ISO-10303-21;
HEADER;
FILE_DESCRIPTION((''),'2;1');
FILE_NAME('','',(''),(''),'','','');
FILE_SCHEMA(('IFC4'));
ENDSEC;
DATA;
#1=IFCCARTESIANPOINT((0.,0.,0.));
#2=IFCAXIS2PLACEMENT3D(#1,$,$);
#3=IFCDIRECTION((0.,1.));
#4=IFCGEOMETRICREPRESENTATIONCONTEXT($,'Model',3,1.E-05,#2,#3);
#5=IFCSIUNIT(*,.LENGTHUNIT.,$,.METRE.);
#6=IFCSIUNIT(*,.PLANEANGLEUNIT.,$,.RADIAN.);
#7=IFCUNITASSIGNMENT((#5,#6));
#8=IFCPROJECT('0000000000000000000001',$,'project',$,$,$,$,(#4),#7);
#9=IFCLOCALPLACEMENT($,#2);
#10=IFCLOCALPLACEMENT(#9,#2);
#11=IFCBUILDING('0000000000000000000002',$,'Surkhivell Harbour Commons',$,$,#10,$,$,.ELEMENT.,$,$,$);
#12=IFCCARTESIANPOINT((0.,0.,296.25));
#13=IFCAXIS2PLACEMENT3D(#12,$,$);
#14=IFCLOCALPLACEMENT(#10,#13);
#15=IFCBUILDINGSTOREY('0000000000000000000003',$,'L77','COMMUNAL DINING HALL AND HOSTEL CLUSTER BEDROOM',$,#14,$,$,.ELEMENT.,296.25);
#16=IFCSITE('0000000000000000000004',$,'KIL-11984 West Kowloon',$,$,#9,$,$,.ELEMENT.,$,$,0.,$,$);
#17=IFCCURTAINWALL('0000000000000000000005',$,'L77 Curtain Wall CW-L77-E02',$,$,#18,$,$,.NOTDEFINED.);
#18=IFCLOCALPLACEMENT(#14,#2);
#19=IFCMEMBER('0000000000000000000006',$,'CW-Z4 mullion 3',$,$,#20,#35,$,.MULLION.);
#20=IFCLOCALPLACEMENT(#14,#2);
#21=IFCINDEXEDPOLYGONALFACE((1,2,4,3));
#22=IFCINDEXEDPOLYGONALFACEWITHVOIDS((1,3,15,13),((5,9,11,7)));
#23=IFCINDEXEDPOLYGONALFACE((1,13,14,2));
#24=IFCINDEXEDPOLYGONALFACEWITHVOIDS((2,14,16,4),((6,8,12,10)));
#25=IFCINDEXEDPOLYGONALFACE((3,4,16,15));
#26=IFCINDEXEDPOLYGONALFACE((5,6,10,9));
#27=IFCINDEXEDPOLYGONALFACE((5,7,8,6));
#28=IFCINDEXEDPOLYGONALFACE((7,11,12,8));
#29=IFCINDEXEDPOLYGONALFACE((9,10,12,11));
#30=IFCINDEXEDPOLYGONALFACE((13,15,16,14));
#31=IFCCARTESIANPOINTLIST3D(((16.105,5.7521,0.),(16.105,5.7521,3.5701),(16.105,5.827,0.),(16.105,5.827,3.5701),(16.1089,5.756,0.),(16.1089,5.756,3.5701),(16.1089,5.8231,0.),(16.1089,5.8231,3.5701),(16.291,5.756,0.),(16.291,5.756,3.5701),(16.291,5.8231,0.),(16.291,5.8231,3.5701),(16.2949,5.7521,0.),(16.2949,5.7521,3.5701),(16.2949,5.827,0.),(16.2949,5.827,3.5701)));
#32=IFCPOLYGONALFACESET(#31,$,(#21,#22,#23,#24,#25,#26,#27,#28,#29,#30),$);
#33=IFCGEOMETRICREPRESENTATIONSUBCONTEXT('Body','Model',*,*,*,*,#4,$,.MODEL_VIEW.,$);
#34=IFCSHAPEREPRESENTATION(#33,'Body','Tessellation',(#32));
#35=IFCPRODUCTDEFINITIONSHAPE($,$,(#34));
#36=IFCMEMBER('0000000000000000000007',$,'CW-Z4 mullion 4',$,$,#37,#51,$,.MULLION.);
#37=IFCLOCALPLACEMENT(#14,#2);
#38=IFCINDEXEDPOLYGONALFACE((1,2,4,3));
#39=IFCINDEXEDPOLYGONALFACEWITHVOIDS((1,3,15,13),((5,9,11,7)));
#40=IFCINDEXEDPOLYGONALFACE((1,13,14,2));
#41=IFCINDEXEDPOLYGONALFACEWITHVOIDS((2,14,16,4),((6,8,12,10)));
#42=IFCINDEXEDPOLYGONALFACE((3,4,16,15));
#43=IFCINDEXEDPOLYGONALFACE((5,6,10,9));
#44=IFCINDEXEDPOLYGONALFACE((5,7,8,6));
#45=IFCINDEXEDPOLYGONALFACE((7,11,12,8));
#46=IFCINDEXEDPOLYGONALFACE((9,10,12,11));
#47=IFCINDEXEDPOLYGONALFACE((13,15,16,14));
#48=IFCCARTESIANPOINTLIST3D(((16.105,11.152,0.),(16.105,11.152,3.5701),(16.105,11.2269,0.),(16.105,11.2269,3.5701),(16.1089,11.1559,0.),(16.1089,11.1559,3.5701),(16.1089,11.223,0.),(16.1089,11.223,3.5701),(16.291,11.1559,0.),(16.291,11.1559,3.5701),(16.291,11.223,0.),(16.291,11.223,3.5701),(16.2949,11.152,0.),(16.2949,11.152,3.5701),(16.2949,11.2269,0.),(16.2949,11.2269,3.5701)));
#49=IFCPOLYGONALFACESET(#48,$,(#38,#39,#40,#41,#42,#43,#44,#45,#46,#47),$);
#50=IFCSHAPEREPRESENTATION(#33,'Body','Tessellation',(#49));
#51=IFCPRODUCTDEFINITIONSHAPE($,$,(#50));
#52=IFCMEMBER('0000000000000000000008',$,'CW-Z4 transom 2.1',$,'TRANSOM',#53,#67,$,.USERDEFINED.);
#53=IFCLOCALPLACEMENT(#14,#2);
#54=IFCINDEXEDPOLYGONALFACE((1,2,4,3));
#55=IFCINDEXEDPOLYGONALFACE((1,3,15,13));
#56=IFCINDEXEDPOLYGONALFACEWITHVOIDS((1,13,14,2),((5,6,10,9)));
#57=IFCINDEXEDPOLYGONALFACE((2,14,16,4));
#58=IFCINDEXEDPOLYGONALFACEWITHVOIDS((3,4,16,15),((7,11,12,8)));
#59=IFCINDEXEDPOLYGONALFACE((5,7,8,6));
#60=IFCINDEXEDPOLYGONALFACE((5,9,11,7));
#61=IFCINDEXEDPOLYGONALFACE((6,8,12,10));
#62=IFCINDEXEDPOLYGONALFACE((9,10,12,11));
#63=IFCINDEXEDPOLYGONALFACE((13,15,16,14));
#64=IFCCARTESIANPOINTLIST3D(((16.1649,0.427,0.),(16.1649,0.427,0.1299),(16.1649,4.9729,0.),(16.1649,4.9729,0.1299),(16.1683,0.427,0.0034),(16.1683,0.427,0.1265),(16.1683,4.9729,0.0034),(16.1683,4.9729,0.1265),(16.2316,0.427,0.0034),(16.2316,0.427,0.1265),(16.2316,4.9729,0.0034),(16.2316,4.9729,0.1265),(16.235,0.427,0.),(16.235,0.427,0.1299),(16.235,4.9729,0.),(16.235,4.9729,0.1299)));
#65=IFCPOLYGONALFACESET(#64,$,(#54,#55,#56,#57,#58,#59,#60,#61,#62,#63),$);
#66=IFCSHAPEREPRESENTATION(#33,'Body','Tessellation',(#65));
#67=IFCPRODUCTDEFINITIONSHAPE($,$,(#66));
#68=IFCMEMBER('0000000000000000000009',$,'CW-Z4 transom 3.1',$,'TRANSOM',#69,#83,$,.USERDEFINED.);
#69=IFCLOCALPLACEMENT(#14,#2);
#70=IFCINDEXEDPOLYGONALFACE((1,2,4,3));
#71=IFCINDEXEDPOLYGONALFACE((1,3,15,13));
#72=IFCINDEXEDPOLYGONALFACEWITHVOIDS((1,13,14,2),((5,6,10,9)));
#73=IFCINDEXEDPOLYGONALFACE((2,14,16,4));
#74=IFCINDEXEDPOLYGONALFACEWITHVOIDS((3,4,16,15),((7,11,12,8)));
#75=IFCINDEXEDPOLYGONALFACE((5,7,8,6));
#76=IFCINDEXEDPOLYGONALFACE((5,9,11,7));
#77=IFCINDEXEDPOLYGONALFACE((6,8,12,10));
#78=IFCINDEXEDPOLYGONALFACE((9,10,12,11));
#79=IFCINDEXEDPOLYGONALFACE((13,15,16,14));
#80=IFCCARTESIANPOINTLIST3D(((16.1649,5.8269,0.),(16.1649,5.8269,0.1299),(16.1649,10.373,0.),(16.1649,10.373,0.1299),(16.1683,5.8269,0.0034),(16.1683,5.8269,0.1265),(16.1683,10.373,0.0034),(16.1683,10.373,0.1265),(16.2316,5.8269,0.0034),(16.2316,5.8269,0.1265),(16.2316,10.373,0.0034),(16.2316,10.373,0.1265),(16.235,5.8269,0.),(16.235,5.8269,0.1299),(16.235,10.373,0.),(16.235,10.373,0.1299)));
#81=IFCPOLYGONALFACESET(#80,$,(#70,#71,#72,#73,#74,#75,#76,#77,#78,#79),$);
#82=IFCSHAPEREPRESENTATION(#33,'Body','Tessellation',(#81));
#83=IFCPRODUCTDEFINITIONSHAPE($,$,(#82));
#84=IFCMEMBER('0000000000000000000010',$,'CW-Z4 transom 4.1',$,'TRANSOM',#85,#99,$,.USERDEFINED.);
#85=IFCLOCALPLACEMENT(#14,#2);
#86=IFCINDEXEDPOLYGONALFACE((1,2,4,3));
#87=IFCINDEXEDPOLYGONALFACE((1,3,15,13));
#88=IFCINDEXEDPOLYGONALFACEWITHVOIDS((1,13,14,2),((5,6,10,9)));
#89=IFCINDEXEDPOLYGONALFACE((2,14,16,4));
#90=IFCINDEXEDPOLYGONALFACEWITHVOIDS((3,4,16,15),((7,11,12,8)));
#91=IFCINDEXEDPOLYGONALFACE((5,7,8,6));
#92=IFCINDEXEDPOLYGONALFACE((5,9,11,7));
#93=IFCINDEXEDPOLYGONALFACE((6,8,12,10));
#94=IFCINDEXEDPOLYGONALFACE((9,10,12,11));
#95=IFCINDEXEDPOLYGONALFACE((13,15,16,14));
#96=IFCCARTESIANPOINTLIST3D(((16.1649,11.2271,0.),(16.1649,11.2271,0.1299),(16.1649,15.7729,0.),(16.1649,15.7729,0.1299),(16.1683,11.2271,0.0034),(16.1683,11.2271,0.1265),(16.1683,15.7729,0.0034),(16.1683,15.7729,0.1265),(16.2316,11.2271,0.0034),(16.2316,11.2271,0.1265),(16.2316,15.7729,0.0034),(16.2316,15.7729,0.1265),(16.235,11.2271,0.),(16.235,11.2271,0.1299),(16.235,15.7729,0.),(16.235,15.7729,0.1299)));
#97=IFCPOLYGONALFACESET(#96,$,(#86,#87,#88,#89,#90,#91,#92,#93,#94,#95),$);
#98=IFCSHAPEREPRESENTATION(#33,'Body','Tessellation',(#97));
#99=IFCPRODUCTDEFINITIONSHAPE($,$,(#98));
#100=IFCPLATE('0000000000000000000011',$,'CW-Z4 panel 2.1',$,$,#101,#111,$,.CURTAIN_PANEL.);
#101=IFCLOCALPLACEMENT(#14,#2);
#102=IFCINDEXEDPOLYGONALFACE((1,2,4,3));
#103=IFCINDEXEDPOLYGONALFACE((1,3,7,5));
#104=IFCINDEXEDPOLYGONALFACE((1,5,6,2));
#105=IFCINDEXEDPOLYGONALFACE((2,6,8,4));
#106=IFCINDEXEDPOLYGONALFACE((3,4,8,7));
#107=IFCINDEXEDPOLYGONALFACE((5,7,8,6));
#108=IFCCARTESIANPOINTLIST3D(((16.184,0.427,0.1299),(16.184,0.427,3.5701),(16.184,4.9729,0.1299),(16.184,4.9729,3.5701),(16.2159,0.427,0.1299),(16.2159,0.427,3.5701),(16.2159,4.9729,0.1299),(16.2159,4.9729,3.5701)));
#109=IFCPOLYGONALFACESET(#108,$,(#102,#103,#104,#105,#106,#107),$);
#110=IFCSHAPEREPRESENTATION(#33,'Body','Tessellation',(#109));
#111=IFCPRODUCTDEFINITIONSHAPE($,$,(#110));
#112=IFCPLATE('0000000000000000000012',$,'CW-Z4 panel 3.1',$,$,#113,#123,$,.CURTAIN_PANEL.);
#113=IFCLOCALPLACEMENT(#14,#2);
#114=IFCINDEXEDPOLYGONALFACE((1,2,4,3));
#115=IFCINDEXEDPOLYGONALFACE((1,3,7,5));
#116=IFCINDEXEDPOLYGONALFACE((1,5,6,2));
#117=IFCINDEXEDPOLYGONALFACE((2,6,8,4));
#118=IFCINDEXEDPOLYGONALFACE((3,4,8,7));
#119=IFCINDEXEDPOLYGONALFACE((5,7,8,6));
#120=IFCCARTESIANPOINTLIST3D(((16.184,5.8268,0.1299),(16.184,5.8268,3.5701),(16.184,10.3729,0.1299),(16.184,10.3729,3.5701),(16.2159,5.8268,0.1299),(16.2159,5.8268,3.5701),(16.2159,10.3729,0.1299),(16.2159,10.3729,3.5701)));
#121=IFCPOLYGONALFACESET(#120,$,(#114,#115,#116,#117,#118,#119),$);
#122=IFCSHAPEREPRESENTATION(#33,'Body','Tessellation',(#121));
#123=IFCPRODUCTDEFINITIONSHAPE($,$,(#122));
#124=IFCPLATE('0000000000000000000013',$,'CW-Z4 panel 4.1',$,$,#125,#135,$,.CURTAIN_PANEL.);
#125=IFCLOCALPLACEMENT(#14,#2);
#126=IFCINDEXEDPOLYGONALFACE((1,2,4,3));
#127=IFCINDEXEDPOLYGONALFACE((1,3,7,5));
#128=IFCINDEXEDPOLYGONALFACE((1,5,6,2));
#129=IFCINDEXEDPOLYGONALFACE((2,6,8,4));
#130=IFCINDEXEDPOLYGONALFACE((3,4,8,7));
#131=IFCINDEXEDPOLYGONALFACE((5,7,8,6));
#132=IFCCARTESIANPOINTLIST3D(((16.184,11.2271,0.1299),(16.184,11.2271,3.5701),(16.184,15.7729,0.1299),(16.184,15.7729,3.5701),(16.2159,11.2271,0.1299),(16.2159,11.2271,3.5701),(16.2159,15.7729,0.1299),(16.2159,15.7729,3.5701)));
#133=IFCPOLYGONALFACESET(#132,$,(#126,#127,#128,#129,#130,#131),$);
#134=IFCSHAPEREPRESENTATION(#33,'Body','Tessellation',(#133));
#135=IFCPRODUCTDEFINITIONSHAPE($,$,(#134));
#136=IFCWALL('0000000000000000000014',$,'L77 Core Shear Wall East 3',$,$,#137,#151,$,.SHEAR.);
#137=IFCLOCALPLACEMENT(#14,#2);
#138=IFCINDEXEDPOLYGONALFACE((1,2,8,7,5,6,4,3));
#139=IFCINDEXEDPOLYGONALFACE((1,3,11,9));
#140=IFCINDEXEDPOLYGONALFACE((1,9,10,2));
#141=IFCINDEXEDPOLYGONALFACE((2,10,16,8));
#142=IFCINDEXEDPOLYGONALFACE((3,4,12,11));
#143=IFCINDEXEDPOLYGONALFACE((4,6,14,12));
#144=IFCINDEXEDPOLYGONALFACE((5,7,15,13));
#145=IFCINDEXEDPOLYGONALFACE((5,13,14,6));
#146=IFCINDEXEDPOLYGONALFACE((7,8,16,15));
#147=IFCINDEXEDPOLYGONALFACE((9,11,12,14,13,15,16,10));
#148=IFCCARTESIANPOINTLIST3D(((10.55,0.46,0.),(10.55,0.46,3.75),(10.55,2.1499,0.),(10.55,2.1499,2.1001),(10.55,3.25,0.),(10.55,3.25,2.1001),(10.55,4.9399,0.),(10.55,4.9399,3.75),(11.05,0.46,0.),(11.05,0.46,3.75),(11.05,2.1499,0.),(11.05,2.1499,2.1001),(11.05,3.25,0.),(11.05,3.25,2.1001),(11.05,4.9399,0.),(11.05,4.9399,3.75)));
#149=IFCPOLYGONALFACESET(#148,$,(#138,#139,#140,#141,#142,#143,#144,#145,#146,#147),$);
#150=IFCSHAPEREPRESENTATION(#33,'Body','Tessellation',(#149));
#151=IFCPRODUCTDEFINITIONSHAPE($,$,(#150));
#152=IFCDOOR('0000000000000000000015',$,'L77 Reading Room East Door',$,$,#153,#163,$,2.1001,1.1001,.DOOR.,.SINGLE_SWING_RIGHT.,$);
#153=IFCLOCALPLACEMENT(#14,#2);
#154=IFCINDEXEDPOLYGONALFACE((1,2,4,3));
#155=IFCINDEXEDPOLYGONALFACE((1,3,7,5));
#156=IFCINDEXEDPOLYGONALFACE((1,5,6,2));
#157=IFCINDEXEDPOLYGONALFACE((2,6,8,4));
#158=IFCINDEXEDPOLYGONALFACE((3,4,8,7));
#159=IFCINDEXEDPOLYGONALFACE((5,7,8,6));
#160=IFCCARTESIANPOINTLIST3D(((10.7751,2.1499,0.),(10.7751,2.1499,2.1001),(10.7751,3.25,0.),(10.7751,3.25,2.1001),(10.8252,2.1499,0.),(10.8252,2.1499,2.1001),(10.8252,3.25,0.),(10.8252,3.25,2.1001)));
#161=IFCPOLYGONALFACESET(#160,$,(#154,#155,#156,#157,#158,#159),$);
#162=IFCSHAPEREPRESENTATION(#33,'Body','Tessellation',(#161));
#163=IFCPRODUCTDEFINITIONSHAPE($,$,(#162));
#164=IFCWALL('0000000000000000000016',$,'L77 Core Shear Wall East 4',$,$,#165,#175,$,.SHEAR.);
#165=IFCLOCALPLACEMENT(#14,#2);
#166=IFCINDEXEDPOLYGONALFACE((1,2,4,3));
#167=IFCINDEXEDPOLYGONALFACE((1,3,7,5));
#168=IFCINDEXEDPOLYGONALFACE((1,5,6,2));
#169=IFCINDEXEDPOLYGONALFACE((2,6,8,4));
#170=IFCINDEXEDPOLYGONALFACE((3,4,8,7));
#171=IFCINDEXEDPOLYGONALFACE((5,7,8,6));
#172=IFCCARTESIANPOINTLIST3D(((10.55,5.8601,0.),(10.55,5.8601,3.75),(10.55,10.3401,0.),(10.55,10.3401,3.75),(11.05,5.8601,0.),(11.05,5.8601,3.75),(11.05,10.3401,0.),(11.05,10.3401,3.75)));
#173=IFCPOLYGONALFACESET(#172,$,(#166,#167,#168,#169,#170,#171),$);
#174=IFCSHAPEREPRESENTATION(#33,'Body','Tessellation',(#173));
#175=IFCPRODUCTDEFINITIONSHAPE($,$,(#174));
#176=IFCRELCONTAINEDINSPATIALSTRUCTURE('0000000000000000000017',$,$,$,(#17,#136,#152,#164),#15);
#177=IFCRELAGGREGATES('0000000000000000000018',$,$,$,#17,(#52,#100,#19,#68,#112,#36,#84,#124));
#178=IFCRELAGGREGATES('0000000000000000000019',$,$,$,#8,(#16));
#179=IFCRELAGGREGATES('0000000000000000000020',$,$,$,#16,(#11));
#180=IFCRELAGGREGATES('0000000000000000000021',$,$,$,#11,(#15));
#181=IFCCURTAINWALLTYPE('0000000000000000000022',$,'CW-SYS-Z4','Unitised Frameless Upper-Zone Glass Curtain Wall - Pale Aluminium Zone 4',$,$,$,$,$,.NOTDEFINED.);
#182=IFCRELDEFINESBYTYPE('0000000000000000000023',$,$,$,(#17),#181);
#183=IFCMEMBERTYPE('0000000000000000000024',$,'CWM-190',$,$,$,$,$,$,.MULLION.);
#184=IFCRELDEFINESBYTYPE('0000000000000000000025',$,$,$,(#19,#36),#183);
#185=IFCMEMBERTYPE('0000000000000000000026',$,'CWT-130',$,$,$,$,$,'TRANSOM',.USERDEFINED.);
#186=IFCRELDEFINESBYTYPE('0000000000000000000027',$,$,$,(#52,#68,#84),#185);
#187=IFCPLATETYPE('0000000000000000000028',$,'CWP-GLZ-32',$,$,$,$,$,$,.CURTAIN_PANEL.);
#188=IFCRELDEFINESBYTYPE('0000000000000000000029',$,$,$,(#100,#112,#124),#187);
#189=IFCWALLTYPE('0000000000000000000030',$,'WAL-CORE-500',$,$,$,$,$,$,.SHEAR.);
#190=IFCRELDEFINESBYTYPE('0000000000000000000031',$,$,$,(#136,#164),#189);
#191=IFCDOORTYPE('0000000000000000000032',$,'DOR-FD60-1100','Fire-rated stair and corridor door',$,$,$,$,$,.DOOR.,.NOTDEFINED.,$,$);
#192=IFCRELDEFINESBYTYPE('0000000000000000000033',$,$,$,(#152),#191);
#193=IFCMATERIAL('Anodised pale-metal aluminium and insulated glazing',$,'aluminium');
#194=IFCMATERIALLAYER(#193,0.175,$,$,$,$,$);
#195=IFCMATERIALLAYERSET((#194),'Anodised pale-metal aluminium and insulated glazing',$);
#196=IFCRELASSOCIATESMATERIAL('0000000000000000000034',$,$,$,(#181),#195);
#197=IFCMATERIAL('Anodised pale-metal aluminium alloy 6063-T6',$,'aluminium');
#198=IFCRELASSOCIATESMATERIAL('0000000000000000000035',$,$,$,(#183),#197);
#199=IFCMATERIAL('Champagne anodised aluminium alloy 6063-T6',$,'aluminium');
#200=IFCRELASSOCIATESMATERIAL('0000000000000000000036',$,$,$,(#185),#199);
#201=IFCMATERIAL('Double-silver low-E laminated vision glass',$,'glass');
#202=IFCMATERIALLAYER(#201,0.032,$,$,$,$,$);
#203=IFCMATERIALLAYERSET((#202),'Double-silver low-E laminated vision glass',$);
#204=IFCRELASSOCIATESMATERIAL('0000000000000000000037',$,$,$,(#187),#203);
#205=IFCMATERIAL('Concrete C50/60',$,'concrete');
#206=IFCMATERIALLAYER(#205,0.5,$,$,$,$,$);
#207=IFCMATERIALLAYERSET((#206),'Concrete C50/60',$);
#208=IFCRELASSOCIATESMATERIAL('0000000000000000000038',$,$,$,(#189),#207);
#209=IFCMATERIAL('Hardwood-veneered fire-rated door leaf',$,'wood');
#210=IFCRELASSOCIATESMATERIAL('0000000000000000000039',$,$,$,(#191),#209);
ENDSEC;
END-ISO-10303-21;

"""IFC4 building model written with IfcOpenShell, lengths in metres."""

from ifc_helpers import new_model, si_unit, direction, frame, frame_2d, origin, origin_2d, place, context, subcontext, project, spatial, rectangle, hollow_rectangle, extrude, material, layer, layer_set, material_profile, profile_set, type_object, element, fill, aggregate, save


model = new_model("IFC4")

# Units and contexts
model_context = context("Model", 3, precision=1e-05, world=origin(), true_north=direction((0.0, 1.0)))
body_context = subcontext(model_context, "Body", "Model", "MODEL_VIEW")
ifc_project = project(units=[si_unit("LENGTHUNIT", "METRE"), si_unit("PLANEANGLEUNIT", "RADIAN")], contexts=[model_context])

# Site, building, storey
site_placement = place(None, origin())
site = spatial("IfcSite", under=ifc_project, at=site_placement, Name="KIL-11984 West Kowloon", CompositionType="ELEMENT", RefElevation=0.0)
building_placement = place(site_placement, origin())
building = spatial("IfcBuilding", under=site, at=building_placement, Name="Surkhivell Harbour Commons", CompositionType="ELEMENT")
storey_placement = place(building_placement, frame((0.0, 0.0, 296.25)))
storey = spatial("IfcBuildingStorey", under=building, at=storey_placement, Name="L77", Description="COMMUNAL DINING HALL AND HOSTEL CLUSTER BEDROOM", CompositionType="ELEMENT", Elevation=296.25)

# Shared definitions
ifc_material_1 = material(Name="Concrete C50/60", Category="concrete")

# Curtain wall, members, plates
ifc_material_2 = material(Name="Anodised pale-metal aluminium and insulated glazing", Category="aluminium")
ifc_layer_1 = layer(ifc_material_2, 0.175)
ifc_layer_set_1 = layer_set([ifc_layer_1], Name="Anodised pale-metal aluminium and insulated glazing")
curtain_wall_type = type_object("IfcCurtainWallType", Name="CW-SYS-Z4", Description="Unitised Frameless Upper-Zone Glass Curtain Wall - Pale Aluminium Zone 4", PredefinedType="NOTDEFINED", material=ifc_layer_set_1)
curtain_wall_placement = place(storey_placement, origin())
curtain_wall = element("IfcCurtainWall", 1, at=curtain_wall_placement, inside=storey, type_object=curtain_wall_type, Name="L77 Curtain Wall CW-L77-E02", PredefinedType="NOTDEFINED")
ifc_material_3 = material(Name="Anodised pale-metal aluminium alloy 6063-T6", Category="aluminium")
ifc_material_profile_1 = material_profile(ifc_material_3, hollow_rectangle(XDim=0.075, YDim=0.1899, WallThickness=0.0039, at=origin_2d()), Name="ALU-MULL-75x190")
ifc_profile_set_1 = profile_set([ifc_material_profile_1], Name="Anodised pale-metal aluminium alloy 6063-T6")
member_type_1 = type_object("IfcMemberType", Name="CWM-190", PredefinedType="MULLION", material=ifc_profile_set_1)
member_1_placement = place(storey_placement, frame((16.2, 5.7896, 0.0), z_axis=(0.0, 0.0, 1.0), x_axis=(0.0, 1.0, 0.0)))
member_1 = element("IfcMember", 2, at=member_1_placement, type_object=member_type_1, Name="CW-Z4 mullion 3", PredefinedType="MULLION", context=body_context, shape_type="SweptSolid", body=[
    extrude(hollow_rectangle(XDim=0.075, YDim=0.1899, WallThickness=0.0039, at=origin_2d()), origin(), (0.0, 0.0, 1.0), 3.5701),
])
member_2_placement = place(storey_placement, frame((16.2, 11.1895, 0.0), z_axis=(0.0, 0.0, 1.0), x_axis=(0.0, 1.0, 0.0)))
member_2 = element("IfcMember", 3, at=member_2_placement, type_object=member_type_1, Name="CW-Z4 mullion 4", PredefinedType="MULLION", context=body_context, shape_type="SweptSolid", body=[
    extrude(hollow_rectangle(XDim=0.075, YDim=0.1899, WallThickness=0.0039, at=origin_2d()), origin(), (0.0, 0.0, 1.0), 3.5701),
])
ifc_material_4 = material(Name="Champagne anodised aluminium alloy 6063-T6", Category="aluminium")
ifc_material_profile_2 = material_profile(ifc_material_4, hollow_rectangle(XDim=0.0701, YDim=0.1299, WallThickness=0.0034, at=origin_2d()), Name="ALU-TRAN-70x130")
ifc_profile_set_2 = profile_set([ifc_material_profile_2], Name="Champagne anodised aluminium alloy 6063-T6")
member_type_2 = type_object("IfcMemberType", Name="CWT-130", ElementType="TRANSOM", PredefinedType="USERDEFINED", material=ifc_profile_set_2)
member_3_placement = place(storey_placement, frame((16.2, 0.427, 0.0649), z_axis=(0.0, 1.0, 0.0), x_axis=(-1.0, 0.0, 0.0)))
member_3 = element("IfcMember", 4, at=member_3_placement, type_object=member_type_2, Name="CW-Z4 transom 2.1", ObjectType="TRANSOM", PredefinedType="USERDEFINED", context=body_context, shape_type="SweptSolid", body=[
    extrude(hollow_rectangle(XDim=0.0701, YDim=0.1299, WallThickness=0.0034, at=origin_2d()), origin(), (0.0, 0.0, 1.0), 4.5459),
])
member_4_placement = place(storey_placement, frame((16.2, 5.8269, 0.0649), z_axis=(0.0, 1.0, 0.0), x_axis=(-1.0, 0.0, 0.0)))
member_4 = element("IfcMember", 5, at=member_4_placement, type_object=member_type_2, Name="CW-Z4 transom 3.1", ObjectType="TRANSOM", PredefinedType="USERDEFINED", context=body_context, shape_type="SweptSolid", body=[
    extrude(hollow_rectangle(XDim=0.0701, YDim=0.1299, WallThickness=0.0034, at=origin_2d()), origin(), (0.0, 0.0, 1.0), 4.5461),
])
member_5_placement = place(storey_placement, frame((16.2, 11.2271, 0.0649), z_axis=(0.0, 1.0, 0.0), x_axis=(-1.0, 0.0, 0.0)))
member_5 = element("IfcMember", 6, at=member_5_placement, type_object=member_type_2, Name="CW-Z4 transom 4.1", ObjectType="TRANSOM", PredefinedType="USERDEFINED", context=body_context, shape_type="SweptSolid", body=[
    extrude(hollow_rectangle(XDim=0.0701, YDim=0.1299, WallThickness=0.0034, at=origin_2d()), origin(), (0.0, 0.0, 1.0), 4.5459),
])
ifc_material_5 = material(Name="Double-silver low-E laminated vision glass", Category="glass")
ifc_layer_2 = layer(ifc_material_5, 0.032)
ifc_layer_set_2 = layer_set([ifc_layer_2], Name="Double-silver low-E laminated vision glass")
plate_type = type_object("IfcPlateType", Name="CWP-GLZ-32", PredefinedType="CURTAIN_PANEL", material=ifc_layer_set_2)
plate_1_placement = place(storey_placement, frame((16.2, 0.427, 0.1299), z_axis=(0.0, 0.0, 1.0), x_axis=(0.0, 1.0, 0.0)))
plate_1 = element("IfcPlate", 7, at=plate_1_placement, type_object=plate_type, Name="CW-Z4 panel 2.1", PredefinedType="CURTAIN_PANEL", context=body_context, shape_type="SweptSolid", body=[
    extrude(rectangle(XDim=4.5459, YDim=0.032, at=frame_2d((2.2729, 0.0))), origin(), (0.0, 0.0, 1.0), 3.4402),
])
plate_2_placement = place(storey_placement, frame((16.2, 5.8269, 0.1299), z_axis=(0.0, 0.0, 1.0), x_axis=(0.0, 1.0, 0.0)))
plate_2 = element("IfcPlate", 8, at=plate_2_placement, type_object=plate_type, Name="CW-Z4 panel 3.1", PredefinedType="CURTAIN_PANEL", context=body_context, shape_type="SweptSolid", body=[
    extrude(rectangle(XDim=4.5461, YDim=0.032, at=frame_2d((2.2729, 0.0))), origin(), (0.0, 0.0, 1.0), 3.4402),
])
plate_3_placement = place(storey_placement, frame((16.2, 11.2271, 0.1299), z_axis=(0.0, 0.0, 1.0), x_axis=(0.0, 1.0, 0.0)))
plate_3 = element("IfcPlate", 9, at=plate_3_placement, type_object=plate_type, Name="CW-Z4 panel 4.1", PredefinedType="CURTAIN_PANEL", context=body_context, shape_type="SweptSolid", body=[
    extrude(rectangle(XDim=4.5459, YDim=0.032, at=frame_2d((2.2729, 0.0))), origin(), (0.0, 0.0, 1.0), 3.4402),
])
aggregate(curtain_wall, [member_3, plate_1, member_1, member_4, plate_2, member_2, member_5, plate_3])

# Wall, opening, door
ifc_layer_3 = layer(ifc_material_1, 0.5)
ifc_layer_set_3 = layer_set([ifc_layer_3], Name="Concrete C50/60")
wall_type_1 = type_object("IfcWallType", Name="WAL-CORE-500", PredefinedType="SHEAR", material=ifc_layer_set_3)
wall_1_placement = place(storey_placement, frame((10.8, 0.46, 0.0), z_axis=(0.0, 0.0, 1.0), x_axis=(0.0, 1.0, 0.0)))
wall_1 = element("IfcWall", 10, at=wall_1_placement, inside=storey, type_object=wall_type_1, Name="L77 Core Shear Wall East 3", PredefinedType="SHEAR", context=body_context, shape_type="SweptSolid", body=[
    extrude(rectangle(XDim=4.48, YDim=0.5, at=frame_2d((2.24, 0.0))), origin(), (0.0, 0.0, 1.0), 3.75),
])
opening_placement = place(wall_1_placement, frame((1.6899, 0.0, 0.0)))
opening = element("IfcOpeningElement", 11, at=opening_placement, cuts=wall_1, PredefinedType="OPENING", context=body_context, shape_type="SweptSolid", body=[
    extrude(rectangle(XDim=1.1001, YDim=2.1001, at=frame_2d((0.55, 1.05))), frame((0.0, 0.26, 0.0), z_axis=(0.0, -1.0, 0.0), x_axis=(1.0, 0.0, 0.0)), (0.0, 0.0, 1.0), 0.52),
])
ifc_material_6 = material(Name="Hardwood-veneered fire-rated door leaf", Category="wood")
door_type = type_object("IfcDoorType", Name="DOR-FD60-1100", Description="Fire-rated stair and corridor door", OperationType="NOTDEFINED", PredefinedType="DOOR", material=ifc_material_6)
door_placement = place(opening_placement, origin())
door = element("IfcDoor", 12, at=door_placement, inside=storey, type_object=door_type, Name="L77 Reading Room East Door", OperationType="SINGLE_SWING_RIGHT", OverallHeight=2.1001, OverallWidth=1.1001, PredefinedType="DOOR", context=body_context, shape_type="SweptSolid", body=[
    extrude(rectangle(XDim=1.1001, YDim=2.1001, at=frame_2d((0.55, 1.05))), frame((0.0, 0.0249, 0.0), z_axis=(0.0, -1.0, 0.0), x_axis=(1.0, 0.0, 0.0)), (0.0, 0.0, 1.0), 0.05),
])
fill(opening, door)

# Wall
wall_2_placement = place(storey_placement, frame((10.8, 5.8601, 0.0), z_axis=(0.0, 0.0, 1.0), x_axis=(0.0, 1.0, 0.0)))
element("IfcWall", 13, at=wall_2_placement, inside=storey, type_object=wall_type_1, Name="L77 Core Shear Wall East 4", PredefinedType="SHEAR", context=body_context, shape_type="SweptSolid", body=[
    extrude(rectangle(XDim=4.48, YDim=0.5, at=frame_2d((2.24, 0.0))), origin(), (0.0, 0.0, 1.0), 3.75),
])

save(model, "model.ifc")
